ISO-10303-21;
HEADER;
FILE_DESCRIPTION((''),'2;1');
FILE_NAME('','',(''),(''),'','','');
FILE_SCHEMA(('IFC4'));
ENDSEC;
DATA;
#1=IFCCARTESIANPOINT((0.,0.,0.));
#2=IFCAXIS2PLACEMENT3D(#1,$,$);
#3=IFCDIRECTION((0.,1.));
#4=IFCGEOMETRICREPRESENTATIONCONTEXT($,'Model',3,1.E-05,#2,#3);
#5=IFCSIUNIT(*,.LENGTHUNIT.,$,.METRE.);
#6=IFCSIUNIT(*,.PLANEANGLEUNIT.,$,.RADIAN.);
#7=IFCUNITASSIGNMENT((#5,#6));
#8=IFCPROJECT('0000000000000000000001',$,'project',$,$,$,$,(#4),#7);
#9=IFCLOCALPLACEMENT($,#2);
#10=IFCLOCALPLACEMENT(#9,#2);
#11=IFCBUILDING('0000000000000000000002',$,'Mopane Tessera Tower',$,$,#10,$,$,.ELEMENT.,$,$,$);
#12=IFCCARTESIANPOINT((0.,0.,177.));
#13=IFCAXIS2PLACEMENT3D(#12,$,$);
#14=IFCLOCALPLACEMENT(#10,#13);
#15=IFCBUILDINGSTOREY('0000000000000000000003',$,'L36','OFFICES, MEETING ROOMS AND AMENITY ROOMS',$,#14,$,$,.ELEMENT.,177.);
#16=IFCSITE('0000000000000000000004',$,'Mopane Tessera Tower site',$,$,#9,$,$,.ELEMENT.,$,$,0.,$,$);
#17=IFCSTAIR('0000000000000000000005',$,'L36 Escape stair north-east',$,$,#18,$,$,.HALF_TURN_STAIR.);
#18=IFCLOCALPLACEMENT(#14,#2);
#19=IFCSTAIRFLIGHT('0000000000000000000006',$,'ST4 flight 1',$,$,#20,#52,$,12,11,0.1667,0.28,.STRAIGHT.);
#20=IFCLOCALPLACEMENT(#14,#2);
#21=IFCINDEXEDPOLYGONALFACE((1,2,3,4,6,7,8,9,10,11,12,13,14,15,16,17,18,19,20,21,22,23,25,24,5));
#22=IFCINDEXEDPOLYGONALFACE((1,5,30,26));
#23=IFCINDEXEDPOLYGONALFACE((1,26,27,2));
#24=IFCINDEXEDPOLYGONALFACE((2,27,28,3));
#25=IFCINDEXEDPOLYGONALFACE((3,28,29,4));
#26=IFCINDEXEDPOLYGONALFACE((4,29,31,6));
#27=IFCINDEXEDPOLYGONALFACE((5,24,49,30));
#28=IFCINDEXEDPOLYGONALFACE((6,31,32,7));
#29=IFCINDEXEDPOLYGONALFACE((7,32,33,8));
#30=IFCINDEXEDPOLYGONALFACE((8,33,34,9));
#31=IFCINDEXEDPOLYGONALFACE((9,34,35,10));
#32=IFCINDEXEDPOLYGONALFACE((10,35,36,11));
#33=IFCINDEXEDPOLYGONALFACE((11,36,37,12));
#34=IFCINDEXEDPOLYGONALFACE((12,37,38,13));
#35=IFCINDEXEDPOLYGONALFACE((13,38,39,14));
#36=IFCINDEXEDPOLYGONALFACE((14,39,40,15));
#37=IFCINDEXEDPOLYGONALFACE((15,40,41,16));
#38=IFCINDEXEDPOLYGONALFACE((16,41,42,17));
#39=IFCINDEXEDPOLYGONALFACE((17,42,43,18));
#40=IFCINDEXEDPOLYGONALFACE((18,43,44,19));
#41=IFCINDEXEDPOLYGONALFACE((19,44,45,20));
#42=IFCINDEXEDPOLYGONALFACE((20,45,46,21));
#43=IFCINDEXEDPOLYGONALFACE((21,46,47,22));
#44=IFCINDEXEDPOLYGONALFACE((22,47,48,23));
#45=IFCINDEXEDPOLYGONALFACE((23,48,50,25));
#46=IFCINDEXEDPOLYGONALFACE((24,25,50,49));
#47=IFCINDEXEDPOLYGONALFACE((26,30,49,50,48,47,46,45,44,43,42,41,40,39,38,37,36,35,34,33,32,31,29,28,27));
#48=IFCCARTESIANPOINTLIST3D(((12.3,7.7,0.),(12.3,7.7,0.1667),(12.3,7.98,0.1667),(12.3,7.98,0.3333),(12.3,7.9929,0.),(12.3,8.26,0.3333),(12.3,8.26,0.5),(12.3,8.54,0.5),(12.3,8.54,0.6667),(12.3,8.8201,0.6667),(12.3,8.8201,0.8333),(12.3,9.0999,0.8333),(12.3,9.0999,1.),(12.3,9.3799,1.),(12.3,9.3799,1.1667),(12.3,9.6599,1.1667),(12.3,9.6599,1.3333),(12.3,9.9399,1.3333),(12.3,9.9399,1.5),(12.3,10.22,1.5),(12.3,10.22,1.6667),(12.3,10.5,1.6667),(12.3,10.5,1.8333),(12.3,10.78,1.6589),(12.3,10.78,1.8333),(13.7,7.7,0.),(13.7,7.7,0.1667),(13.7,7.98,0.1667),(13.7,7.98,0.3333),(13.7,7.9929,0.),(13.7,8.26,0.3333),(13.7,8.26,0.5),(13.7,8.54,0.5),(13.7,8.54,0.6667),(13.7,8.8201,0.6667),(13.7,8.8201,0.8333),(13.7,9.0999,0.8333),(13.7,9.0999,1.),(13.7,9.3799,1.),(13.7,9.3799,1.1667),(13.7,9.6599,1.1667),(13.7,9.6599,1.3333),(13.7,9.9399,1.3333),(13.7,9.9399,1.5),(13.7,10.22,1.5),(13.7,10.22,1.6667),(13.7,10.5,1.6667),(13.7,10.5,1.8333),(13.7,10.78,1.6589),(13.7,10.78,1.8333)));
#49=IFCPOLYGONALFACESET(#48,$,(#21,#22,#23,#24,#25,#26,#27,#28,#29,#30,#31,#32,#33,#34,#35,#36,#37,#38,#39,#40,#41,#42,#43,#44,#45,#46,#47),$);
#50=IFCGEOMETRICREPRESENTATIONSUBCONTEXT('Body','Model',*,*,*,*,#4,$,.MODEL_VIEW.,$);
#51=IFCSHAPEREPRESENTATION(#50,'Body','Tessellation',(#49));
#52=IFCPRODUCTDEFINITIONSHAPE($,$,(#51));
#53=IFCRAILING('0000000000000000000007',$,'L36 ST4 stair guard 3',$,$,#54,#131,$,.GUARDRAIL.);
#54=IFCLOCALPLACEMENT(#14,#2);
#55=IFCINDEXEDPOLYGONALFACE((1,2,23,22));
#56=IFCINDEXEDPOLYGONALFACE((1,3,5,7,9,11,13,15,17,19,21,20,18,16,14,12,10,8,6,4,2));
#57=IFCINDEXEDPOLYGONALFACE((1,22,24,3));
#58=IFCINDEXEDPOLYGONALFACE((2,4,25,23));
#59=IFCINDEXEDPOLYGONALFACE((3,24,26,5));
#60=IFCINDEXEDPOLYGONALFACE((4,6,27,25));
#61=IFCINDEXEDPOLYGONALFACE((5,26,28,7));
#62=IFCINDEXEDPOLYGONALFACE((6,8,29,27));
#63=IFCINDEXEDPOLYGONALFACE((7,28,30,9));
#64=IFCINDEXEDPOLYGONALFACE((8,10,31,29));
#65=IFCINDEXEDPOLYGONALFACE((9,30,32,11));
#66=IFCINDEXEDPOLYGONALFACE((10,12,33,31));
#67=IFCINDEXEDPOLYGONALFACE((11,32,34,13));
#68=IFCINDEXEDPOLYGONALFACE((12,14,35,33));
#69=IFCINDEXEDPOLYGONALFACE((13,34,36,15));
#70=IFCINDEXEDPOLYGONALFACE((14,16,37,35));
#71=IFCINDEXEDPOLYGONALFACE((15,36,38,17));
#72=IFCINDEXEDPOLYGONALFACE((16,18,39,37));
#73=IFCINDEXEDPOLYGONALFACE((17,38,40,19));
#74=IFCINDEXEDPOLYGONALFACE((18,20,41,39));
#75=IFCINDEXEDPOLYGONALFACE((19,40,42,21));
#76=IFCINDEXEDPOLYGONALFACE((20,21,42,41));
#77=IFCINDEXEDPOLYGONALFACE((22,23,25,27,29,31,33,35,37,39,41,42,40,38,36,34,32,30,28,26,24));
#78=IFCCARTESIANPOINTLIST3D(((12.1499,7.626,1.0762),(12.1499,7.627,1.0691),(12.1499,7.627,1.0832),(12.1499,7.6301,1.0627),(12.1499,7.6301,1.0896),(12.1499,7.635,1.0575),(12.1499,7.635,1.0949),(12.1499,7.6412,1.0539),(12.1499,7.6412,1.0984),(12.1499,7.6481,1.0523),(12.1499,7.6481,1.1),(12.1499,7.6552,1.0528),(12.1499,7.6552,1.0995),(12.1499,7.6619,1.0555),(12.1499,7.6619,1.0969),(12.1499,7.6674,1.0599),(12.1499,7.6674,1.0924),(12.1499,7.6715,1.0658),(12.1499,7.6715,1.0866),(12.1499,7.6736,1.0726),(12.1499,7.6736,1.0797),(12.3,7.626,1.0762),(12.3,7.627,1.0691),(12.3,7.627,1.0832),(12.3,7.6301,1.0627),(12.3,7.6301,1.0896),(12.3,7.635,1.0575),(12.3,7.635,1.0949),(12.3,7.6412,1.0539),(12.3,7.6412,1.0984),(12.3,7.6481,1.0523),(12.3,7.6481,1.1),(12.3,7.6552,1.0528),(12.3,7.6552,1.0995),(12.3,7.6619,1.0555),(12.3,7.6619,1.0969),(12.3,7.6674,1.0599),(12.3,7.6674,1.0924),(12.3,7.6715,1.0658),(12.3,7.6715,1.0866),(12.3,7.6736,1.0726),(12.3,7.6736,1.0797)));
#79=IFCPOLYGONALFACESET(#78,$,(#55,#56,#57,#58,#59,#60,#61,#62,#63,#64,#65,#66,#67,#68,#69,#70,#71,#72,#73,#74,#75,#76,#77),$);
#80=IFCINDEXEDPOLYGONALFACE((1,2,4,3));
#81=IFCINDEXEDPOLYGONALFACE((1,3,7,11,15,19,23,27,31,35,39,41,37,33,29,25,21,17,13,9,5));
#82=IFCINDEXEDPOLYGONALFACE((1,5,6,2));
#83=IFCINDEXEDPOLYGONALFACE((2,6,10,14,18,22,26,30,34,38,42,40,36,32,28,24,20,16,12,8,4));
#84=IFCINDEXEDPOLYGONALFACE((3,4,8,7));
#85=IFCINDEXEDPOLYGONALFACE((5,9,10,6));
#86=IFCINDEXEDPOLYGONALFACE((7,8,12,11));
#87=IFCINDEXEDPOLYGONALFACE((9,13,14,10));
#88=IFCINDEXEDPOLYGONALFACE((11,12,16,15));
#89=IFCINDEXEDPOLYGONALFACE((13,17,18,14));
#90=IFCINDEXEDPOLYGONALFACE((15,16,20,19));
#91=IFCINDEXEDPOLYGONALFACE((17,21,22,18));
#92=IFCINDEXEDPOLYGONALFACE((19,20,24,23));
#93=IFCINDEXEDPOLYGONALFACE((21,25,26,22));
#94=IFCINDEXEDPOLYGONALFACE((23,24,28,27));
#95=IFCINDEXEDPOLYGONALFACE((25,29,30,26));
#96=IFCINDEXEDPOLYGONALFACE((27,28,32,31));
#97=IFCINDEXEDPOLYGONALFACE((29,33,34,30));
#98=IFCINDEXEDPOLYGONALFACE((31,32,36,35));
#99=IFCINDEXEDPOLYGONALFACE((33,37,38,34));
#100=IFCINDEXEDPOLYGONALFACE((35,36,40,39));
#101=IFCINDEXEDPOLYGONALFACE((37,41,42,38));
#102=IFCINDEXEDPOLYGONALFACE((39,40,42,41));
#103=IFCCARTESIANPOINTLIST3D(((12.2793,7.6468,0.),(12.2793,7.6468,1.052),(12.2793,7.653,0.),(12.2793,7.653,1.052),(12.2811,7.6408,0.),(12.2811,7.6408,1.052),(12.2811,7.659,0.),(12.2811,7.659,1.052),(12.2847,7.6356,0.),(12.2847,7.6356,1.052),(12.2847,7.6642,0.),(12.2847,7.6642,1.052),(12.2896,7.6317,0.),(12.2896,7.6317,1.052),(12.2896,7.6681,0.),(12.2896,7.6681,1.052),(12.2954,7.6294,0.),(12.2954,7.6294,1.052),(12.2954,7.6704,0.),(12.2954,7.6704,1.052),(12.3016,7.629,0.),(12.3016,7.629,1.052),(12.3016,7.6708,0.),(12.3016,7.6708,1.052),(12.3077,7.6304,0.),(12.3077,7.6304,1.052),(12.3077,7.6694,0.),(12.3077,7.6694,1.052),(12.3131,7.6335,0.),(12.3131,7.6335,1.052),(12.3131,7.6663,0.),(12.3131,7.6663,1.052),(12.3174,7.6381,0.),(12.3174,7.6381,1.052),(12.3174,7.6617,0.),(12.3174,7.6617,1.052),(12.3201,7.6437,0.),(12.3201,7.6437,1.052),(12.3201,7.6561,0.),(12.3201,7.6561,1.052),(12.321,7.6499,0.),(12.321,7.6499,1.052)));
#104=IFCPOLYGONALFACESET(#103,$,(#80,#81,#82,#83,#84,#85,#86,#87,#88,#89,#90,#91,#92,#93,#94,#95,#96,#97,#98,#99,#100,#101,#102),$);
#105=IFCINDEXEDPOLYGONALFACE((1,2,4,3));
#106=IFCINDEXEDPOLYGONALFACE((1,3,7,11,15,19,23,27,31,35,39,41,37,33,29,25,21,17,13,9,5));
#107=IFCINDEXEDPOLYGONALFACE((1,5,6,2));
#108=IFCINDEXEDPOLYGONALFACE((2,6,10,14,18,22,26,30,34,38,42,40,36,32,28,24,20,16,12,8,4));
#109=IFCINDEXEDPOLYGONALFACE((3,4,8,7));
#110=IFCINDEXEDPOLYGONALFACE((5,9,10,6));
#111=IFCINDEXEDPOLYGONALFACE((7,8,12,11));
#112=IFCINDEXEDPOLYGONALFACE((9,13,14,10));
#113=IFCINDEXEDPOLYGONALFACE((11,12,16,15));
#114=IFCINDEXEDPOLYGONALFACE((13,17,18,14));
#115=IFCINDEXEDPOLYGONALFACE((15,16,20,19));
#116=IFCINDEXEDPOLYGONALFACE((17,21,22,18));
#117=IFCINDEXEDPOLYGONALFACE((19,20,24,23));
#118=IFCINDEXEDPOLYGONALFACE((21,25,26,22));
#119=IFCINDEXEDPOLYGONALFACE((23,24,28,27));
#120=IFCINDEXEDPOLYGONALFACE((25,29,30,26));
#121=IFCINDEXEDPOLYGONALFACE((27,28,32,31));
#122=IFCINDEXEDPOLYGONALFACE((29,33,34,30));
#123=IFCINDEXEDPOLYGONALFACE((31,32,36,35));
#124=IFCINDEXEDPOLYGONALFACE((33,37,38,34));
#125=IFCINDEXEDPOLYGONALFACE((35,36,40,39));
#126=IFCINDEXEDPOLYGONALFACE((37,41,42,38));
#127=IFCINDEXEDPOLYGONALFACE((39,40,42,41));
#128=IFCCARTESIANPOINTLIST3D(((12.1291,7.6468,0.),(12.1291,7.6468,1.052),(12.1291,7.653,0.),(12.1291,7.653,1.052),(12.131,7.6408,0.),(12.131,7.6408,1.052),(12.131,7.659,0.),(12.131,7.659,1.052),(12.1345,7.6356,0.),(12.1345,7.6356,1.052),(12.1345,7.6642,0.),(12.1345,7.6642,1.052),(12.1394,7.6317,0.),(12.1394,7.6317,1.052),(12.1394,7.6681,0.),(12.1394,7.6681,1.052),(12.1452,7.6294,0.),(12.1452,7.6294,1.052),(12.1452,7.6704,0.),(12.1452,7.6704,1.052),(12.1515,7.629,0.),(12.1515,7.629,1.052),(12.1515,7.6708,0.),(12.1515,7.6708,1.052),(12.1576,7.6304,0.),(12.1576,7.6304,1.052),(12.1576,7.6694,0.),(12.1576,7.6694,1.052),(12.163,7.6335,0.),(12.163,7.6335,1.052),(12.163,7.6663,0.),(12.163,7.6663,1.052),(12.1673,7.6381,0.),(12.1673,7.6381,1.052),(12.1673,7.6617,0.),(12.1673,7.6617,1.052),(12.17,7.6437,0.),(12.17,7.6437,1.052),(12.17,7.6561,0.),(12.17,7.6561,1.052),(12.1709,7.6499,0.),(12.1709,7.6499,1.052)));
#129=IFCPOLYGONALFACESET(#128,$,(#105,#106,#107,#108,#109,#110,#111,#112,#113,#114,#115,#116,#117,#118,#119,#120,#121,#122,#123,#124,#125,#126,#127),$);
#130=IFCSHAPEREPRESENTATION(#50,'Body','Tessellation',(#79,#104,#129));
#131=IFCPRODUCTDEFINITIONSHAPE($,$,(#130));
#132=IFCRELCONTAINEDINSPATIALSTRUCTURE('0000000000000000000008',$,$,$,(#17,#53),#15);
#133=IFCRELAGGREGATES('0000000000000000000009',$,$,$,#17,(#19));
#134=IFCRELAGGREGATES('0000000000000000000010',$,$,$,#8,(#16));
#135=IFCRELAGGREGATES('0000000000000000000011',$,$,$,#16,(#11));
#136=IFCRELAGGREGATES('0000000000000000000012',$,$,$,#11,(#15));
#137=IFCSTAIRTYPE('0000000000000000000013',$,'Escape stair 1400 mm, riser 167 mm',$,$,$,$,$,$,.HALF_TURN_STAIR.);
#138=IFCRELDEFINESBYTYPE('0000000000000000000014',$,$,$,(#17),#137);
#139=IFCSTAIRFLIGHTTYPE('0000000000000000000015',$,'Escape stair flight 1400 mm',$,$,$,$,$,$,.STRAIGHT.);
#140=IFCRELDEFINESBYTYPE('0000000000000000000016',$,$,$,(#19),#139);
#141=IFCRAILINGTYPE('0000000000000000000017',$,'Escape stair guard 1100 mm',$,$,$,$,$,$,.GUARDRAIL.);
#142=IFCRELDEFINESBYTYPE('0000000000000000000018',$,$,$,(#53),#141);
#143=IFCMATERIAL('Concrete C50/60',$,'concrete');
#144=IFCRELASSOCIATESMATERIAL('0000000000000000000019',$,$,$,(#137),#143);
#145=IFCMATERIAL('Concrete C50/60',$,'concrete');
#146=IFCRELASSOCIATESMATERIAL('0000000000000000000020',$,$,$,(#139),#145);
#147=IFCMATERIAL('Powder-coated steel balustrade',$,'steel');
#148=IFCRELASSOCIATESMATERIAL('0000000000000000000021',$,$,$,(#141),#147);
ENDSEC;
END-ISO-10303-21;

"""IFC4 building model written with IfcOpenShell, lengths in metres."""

from ifc_helpers import new_model, si_unit, direction, frame, origin, origin_2d, place, context, subcontext, project, spatial, polyline, circle, outline, extrude, material, type_object, element, aggregate, save


model = new_model("IFC4")

# Units and contexts
model_context = context("Model", 3, precision=1e-05, world=origin(), true_north=direction((0.0, 1.0)))
body_context = subcontext(model_context, "Body", "Model", "MODEL_VIEW")
ifc_project = project(units=[si_unit("LENGTHUNIT", "METRE"), si_unit("PLANEANGLEUNIT", "RADIAN")], contexts=[model_context])

# Site, building, storey
site_placement = place(None, origin())
site = spatial("IfcSite", under=ifc_project, at=site_placement, Name="Mopane Tessera Tower site", CompositionType="ELEMENT", RefElevation=0.0)
building_placement = place(site_placement, origin())
building = spatial("IfcBuilding", under=site, at=building_placement, Name="Mopane Tessera Tower", CompositionType="ELEMENT")
storey_placement = place(building_placement, frame((0.0, 0.0, 177.0)))
storey = spatial("IfcBuildingStorey", under=building, at=storey_placement, Name="L36", Description="OFFICES, MEETING ROOMS AND AMENITY ROOMS", CompositionType="ELEMENT", Elevation=177.0)

# Stair, stair flight
ifc_material_1 = material(Name="Concrete C50/60", Category="concrete")
stair_type = type_object("IfcStairType", Name="Escape stair 1400 mm, riser 167 mm", PredefinedType="HALF_TURN_STAIR", material=ifc_material_1)
stair_placement = place(storey_placement, origin())
stair = element("IfcStair", 1, at=stair_placement, inside=storey, type_object=stair_type, Name="L36 Escape stair north-east", PredefinedType="HALF_TURN_STAIR")
ifc_material_2 = material(Name="Concrete C50/60", Category="concrete")
stair_flight_type = type_object("IfcStairFlightType", Name="Escape stair flight 1400 mm", PredefinedType="STRAIGHT", material=ifc_material_2)
stair_flight_placement = place(storey_placement, frame((13.0, 7.7, 0.0), z_axis=(0.0, 0.0, 1.0), x_axis=(0.0, 1.0, 0.0)))
stair_flight = element("IfcStairFlight", 2, at=stair_flight_placement, type_object=stair_flight_type, Name="ST4 flight 1", NumberOfRisers=12, NumberOfTreads=11, PredefinedType="STRAIGHT", RiserHeight=0.1667, TreadLength=0.28, context=body_context, shape_type="SweptSolid", body=[
    extrude(outline(polyline([(0.0, 0.0), (0.0, 0.1667), (0.28, 0.1667), (0.28, 0.3333), (0.5601, 0.3333), (0.5601, 0.5), (0.8401, 0.5), (0.8401, 0.6667), (1.1201, 0.6667), (1.1201, 0.8333), (1.3999, 0.8333), (1.3999, 1.0), (1.6799, 1.0), (1.6799, 1.1667), (1.96, 1.1667), (1.96, 1.3333), (2.24, 1.3333), (2.24, 1.5), (2.52, 1.5), (2.52, 1.6667), (2.8, 1.6667), (2.8, 1.8333), (3.0801, 1.8333), (3.0801, 2.0), (3.0801, 1.6589), (0.293, 0.0), (0.0, 0.0)])), frame((0.0, 0.7, 0.0), z_axis=(0.0, -1.0, 0.0), x_axis=(1.0, 0.0, 0.0)), (0.0, 0.0, 1.0), 1.3999),
])
aggregate(stair, [stair_flight])

# Railing
ifc_material_3 = material(Name="Powder-coated steel balustrade", Category="steel")
railing_type_1 = type_object("IfcRailingType", Name="Escape stair guard 1100 mm", PredefinedType="GUARDRAIL", material=ifc_material_3)
railing_1_placement = place(storey_placement, frame((12.3, 7.6499, 0.0)))
element("IfcRailing", 3, at=railing_1_placement, inside=storey, type_object=railing_type_1, Name="L36 ST4 stair guard 3", PredefinedType="GUARDRAIL", context=body_context, shape_type="SweptSolid", body=[
    extrude(circle(Radius=0.0239, at=origin_2d()), frame((0.0, 0.0, 1.0762), z_axis=(-1.0, 0.0, 0.0), x_axis=(0.0, -1.0, 0.0)), (0.0, 0.0, 1.0), 0.1501),
    extrude(circle(Radius=0.021, at=origin_2d()), origin(), (0.0, 0.0, 1.0), 1.052),
    extrude(circle(Radius=0.021, at=origin_2d()), frame((-0.1501, 0.0, 0.0)), (0.0, 0.0, 1.0), 1.052),
])

save(model, "model.ifc")
